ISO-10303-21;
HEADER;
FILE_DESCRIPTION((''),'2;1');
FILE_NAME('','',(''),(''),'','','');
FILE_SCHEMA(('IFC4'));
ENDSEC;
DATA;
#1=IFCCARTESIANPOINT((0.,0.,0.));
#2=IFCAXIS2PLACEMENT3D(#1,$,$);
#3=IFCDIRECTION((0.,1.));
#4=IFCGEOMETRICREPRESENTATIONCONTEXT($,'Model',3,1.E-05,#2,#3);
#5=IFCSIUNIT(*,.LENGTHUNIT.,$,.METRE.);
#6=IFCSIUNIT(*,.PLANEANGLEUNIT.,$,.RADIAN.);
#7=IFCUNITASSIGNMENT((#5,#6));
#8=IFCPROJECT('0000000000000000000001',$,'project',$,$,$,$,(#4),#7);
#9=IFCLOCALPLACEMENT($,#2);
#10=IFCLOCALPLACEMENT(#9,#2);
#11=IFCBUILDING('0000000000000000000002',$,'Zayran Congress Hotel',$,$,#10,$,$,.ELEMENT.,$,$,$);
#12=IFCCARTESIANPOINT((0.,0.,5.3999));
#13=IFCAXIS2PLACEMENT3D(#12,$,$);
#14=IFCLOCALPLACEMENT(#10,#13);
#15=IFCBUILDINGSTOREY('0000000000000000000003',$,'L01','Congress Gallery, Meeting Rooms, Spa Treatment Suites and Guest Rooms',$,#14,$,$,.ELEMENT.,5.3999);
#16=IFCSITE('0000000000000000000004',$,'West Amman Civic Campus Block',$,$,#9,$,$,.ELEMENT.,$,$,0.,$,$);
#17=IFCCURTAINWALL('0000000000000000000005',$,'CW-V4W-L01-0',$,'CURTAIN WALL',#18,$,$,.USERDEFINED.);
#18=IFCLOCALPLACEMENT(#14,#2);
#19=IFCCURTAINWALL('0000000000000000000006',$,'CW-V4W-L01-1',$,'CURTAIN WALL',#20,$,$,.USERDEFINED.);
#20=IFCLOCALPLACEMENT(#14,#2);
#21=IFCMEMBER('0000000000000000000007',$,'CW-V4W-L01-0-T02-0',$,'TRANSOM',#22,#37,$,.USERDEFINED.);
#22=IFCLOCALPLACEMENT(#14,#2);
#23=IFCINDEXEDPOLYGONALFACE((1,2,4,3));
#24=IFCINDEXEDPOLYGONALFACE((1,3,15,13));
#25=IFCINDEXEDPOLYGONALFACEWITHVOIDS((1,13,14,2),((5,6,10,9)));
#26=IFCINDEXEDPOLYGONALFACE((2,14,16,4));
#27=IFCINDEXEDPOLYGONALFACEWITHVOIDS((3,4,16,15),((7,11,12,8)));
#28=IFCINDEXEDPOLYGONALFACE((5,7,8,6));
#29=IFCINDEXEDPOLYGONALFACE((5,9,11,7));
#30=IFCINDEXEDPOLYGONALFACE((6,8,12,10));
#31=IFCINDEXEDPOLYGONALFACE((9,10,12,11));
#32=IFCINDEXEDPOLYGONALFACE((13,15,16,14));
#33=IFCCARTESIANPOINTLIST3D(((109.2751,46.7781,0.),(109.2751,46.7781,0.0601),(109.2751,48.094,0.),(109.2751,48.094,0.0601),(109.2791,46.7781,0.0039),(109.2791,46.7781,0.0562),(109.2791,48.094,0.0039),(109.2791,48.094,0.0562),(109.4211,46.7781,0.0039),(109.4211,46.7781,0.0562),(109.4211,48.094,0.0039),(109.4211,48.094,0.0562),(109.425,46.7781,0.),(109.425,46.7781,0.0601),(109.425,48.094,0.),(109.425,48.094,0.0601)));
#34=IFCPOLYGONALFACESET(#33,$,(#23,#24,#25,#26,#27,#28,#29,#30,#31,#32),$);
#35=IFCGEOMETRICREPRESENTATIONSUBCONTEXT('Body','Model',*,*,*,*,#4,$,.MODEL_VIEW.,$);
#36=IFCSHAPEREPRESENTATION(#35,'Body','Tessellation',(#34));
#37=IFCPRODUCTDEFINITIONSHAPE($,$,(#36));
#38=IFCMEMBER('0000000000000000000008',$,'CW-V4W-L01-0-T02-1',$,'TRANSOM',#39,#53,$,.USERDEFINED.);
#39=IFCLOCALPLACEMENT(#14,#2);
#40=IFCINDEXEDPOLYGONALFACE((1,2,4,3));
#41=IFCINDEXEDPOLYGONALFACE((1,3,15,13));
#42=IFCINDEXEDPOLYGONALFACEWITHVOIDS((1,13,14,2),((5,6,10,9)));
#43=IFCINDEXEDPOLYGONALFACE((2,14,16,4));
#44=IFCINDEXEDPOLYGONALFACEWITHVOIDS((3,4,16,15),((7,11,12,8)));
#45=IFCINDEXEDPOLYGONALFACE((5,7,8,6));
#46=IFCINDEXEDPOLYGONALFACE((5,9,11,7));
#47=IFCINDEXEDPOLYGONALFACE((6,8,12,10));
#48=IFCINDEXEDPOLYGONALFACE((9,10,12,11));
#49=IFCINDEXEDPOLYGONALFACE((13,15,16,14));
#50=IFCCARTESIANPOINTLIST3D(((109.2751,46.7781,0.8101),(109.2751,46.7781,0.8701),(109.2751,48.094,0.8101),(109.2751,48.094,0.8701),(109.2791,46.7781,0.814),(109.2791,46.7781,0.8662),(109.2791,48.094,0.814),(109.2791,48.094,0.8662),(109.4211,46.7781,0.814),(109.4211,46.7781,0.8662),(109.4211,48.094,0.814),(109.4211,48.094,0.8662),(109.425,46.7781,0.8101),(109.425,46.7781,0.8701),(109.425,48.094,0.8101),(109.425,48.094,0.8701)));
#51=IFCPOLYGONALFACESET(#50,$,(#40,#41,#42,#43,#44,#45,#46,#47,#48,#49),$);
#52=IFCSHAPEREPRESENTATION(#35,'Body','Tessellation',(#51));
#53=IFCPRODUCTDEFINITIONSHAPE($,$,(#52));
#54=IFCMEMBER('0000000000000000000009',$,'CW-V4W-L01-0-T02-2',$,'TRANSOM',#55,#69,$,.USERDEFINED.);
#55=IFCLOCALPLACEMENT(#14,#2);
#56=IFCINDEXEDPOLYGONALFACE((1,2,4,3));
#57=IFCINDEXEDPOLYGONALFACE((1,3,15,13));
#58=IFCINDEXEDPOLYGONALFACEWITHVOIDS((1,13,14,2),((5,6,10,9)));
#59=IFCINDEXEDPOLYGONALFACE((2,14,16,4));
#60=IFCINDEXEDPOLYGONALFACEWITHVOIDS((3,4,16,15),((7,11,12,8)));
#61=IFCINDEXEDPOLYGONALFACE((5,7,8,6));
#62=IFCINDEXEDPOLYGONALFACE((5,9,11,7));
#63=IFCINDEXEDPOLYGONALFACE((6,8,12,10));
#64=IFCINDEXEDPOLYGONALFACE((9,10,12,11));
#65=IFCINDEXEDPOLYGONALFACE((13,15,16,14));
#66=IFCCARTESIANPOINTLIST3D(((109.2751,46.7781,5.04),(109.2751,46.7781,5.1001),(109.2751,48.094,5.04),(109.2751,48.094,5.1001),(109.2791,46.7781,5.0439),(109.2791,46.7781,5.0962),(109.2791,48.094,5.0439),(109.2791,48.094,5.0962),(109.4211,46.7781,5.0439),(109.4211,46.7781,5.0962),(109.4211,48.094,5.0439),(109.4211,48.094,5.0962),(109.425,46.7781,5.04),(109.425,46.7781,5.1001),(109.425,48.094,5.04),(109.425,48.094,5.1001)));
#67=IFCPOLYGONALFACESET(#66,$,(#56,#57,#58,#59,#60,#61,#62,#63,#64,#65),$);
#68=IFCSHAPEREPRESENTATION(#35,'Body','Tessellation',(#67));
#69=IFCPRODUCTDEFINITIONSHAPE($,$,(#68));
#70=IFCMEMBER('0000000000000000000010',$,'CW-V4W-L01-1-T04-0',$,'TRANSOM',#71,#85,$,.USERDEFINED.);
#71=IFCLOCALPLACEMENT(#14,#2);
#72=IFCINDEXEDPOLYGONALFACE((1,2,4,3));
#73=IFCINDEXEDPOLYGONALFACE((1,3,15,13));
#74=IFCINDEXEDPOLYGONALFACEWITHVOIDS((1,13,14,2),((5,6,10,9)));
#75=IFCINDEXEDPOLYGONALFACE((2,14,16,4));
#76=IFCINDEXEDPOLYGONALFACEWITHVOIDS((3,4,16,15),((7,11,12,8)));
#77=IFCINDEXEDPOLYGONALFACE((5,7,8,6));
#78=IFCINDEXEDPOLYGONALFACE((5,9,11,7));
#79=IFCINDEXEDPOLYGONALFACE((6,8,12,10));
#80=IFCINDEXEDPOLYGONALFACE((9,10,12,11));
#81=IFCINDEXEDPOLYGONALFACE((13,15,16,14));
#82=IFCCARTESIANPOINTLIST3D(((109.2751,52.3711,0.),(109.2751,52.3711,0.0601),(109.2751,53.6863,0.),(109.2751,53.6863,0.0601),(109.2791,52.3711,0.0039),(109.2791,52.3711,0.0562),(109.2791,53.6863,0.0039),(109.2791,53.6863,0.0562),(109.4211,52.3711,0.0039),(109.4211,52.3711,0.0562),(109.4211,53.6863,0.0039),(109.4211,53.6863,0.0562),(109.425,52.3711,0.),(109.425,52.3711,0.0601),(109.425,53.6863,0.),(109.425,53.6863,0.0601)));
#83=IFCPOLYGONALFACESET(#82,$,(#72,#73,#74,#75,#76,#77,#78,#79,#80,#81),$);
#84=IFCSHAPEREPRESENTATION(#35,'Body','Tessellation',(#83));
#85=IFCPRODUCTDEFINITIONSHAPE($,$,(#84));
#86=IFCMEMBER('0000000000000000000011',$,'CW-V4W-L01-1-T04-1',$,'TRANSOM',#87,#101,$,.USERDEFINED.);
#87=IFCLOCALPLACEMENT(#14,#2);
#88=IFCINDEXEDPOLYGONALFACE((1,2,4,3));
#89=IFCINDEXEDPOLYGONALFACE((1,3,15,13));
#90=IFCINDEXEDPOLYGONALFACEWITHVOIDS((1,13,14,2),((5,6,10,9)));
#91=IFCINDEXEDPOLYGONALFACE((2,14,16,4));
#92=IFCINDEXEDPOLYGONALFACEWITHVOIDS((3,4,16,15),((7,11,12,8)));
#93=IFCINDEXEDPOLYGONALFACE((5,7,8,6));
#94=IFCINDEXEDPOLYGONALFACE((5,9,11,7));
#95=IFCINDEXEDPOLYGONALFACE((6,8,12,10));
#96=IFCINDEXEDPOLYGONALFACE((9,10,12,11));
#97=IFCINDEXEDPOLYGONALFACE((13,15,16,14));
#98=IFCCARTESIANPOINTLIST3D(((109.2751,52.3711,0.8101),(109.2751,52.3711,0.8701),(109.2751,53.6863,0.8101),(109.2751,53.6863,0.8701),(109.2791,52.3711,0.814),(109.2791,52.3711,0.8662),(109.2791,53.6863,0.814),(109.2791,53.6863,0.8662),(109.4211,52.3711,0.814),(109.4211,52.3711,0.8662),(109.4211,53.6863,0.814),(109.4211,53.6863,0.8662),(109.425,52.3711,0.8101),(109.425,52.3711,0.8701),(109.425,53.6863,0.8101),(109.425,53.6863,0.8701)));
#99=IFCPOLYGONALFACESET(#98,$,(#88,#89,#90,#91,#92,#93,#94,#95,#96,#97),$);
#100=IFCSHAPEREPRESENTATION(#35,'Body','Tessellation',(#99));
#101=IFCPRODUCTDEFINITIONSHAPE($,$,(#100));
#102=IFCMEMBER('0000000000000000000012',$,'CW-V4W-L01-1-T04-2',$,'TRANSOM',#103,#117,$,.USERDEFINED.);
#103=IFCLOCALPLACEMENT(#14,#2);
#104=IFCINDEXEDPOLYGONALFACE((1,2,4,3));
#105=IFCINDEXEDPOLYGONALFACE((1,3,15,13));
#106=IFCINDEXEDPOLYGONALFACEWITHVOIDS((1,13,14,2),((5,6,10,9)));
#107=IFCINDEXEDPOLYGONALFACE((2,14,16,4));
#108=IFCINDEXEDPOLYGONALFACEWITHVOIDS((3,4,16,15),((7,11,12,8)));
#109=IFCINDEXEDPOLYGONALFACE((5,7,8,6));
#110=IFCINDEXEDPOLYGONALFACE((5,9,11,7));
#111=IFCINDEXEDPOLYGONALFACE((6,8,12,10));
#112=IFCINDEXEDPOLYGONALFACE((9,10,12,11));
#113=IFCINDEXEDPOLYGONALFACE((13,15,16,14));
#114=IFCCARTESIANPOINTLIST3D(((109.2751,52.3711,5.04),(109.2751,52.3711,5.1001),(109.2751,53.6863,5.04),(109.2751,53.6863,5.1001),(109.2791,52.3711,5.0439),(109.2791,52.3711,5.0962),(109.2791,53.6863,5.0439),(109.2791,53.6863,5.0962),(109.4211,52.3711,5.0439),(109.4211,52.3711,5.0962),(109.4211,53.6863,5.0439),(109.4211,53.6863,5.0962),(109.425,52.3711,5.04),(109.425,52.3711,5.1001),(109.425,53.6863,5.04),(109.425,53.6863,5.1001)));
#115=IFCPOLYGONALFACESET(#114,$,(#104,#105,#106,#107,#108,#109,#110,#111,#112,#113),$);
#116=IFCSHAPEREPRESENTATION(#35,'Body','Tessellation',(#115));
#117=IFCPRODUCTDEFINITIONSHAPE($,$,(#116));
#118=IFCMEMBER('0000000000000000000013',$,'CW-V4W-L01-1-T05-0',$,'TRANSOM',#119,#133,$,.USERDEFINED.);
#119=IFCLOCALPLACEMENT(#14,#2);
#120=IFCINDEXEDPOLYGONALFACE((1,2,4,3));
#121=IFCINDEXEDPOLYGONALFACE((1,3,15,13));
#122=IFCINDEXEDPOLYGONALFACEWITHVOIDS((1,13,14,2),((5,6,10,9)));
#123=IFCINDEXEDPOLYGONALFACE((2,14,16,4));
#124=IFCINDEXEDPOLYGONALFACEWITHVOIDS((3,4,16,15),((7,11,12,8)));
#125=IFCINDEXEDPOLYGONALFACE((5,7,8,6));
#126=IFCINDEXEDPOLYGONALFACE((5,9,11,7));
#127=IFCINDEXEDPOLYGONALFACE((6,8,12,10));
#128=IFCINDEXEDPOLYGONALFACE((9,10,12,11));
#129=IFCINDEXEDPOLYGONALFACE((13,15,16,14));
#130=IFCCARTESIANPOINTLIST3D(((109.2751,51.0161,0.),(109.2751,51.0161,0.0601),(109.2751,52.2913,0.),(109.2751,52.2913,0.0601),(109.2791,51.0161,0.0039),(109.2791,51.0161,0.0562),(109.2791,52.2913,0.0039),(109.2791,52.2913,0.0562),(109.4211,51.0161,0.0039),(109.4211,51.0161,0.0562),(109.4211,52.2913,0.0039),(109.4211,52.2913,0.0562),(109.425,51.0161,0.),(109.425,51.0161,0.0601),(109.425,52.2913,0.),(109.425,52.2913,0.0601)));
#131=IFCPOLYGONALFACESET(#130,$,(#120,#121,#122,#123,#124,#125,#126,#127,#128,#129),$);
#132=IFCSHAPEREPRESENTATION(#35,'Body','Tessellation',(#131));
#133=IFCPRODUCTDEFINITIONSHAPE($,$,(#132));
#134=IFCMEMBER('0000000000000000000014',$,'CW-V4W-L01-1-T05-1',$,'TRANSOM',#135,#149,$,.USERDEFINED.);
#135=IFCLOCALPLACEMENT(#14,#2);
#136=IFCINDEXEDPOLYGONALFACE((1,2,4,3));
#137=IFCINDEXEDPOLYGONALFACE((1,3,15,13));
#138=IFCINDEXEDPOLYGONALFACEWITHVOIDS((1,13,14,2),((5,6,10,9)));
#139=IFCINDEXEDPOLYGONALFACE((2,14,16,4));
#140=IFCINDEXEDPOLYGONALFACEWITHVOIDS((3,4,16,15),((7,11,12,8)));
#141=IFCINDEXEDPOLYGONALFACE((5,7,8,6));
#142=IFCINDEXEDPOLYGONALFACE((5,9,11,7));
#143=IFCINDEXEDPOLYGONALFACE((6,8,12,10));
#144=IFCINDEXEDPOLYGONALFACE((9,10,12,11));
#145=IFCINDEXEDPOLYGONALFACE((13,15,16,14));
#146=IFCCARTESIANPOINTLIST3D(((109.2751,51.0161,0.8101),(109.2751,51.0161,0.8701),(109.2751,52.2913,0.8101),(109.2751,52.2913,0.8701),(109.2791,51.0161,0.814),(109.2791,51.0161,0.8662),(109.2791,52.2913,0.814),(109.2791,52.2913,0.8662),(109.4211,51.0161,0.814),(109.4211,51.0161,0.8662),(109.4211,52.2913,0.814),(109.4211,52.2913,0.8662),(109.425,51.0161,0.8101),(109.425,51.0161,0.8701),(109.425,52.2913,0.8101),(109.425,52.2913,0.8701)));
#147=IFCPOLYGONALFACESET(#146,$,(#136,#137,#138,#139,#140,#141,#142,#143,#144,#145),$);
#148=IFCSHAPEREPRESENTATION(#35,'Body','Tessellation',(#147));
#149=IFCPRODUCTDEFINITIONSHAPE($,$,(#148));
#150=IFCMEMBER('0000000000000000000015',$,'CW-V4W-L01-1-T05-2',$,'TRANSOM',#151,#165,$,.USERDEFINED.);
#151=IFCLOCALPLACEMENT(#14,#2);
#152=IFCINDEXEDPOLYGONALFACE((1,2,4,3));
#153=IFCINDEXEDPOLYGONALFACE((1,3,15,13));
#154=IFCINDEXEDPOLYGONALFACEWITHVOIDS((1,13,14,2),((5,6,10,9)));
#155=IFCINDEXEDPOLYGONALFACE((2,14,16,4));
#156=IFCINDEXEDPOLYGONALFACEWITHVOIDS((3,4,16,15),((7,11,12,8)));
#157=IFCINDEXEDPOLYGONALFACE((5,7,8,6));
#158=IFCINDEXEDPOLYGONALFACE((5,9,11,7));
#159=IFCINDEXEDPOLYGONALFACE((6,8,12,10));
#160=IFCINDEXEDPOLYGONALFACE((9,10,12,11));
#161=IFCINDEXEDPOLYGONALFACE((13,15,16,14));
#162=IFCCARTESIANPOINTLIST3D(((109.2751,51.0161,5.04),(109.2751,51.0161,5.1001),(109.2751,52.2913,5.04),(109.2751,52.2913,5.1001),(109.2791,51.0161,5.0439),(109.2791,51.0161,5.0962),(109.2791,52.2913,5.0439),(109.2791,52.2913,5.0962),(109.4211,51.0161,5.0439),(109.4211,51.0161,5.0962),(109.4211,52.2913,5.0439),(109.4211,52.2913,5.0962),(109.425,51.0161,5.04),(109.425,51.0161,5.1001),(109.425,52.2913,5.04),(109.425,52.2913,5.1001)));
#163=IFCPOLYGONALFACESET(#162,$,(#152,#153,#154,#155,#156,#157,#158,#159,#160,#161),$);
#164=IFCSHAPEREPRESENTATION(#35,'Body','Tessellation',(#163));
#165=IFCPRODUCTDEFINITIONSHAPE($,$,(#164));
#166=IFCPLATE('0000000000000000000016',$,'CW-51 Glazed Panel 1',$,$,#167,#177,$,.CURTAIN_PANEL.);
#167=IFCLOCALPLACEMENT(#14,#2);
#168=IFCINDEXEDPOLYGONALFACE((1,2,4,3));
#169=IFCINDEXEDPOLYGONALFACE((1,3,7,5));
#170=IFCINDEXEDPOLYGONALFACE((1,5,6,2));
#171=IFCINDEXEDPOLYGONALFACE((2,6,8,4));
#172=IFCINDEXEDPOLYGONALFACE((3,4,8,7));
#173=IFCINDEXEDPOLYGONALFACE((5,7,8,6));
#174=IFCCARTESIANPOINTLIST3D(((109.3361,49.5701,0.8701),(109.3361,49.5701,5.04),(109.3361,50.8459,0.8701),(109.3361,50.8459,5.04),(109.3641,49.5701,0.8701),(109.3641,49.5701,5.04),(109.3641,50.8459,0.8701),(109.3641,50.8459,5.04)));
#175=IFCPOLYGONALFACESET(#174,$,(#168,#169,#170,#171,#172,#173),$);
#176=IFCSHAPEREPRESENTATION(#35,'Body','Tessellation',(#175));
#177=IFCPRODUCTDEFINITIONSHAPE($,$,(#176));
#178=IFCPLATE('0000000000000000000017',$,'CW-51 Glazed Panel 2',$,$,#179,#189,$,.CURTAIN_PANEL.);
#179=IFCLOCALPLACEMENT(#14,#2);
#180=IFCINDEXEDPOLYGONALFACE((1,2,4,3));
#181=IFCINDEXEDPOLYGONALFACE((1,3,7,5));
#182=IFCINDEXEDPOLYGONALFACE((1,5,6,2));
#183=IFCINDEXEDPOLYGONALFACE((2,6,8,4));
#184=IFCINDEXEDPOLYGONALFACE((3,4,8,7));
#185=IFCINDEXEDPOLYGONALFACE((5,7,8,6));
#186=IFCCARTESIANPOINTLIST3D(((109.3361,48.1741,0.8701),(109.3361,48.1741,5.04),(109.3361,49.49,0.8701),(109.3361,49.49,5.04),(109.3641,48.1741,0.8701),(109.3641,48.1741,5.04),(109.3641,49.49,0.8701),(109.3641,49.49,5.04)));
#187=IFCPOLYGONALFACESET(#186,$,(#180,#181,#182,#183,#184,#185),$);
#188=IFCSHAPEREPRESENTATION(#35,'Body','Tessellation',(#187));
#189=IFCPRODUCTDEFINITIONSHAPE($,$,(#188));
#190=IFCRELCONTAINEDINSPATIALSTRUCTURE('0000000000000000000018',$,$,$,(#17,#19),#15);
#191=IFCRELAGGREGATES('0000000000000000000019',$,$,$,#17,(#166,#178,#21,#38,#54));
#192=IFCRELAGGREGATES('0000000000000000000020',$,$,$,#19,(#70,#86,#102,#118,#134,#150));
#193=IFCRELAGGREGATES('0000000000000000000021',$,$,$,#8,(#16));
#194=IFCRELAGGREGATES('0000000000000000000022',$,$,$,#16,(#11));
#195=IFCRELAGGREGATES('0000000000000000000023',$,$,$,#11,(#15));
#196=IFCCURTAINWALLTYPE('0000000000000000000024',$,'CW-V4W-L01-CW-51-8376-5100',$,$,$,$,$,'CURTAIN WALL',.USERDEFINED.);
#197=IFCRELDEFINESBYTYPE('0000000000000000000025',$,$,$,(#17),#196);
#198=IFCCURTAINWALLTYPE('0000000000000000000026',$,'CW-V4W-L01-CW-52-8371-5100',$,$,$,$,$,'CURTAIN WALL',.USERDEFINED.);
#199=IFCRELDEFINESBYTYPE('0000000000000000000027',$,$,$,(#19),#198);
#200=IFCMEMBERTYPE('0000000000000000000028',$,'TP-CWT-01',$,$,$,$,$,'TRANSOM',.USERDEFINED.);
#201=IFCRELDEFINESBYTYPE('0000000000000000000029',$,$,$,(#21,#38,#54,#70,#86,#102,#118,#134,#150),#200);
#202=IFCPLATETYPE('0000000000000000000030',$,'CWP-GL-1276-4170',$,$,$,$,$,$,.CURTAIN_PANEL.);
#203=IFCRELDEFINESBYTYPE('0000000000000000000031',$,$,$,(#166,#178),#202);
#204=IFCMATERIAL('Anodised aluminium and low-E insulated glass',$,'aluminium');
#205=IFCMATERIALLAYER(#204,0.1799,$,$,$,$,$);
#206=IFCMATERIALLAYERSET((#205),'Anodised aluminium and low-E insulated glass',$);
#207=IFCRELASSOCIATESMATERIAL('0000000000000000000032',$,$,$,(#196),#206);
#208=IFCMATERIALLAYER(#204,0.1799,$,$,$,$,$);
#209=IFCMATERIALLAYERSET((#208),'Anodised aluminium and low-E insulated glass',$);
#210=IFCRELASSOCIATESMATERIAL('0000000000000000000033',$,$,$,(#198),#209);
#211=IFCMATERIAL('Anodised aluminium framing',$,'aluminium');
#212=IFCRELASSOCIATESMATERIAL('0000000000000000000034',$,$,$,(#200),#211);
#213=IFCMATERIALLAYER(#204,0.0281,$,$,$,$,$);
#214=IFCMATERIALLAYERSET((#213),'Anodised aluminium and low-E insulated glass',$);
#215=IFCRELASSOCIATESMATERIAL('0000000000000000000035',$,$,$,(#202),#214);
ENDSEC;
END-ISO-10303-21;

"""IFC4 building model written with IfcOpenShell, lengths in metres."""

from ifc_helpers import new_model, si_unit, direction, frame, origin, origin_2d, place, context, subcontext, project, spatial, rectangle, hollow_rectangle, extrude, material, layer, layer_set, material_profile, profile_set, type_object, element, aggregate, save


model = new_model("IFC4")

# Units and contexts
model_context = context("Model", 3, precision=1e-05, world=origin(), true_north=direction((0.0, 1.0)))
body_context = subcontext(model_context, "Body", "Model", "MODEL_VIEW")
ifc_project = project(units=[si_unit("LENGTHUNIT", "METRE"), si_unit("PLANEANGLEUNIT", "RADIAN")], contexts=[model_context])

# Site, building, storey
site_placement = place(None, origin())
site = spatial("IfcSite", under=ifc_project, at=site_placement, Name="West Amman Civic Campus Block", CompositionType="ELEMENT", RefElevation=0.0)
building_placement = place(site_placement, origin())
building = spatial("IfcBuilding", under=site, at=building_placement, Name="Zayran Congress Hotel", CompositionType="ELEMENT")
storey_placement = place(building_placement, frame((0.0, 0.0, 5.3999)))
storey = spatial("IfcBuildingStorey", under=building, at=storey_placement, Name="L01", Description="Congress Gallery, Meeting Rooms, Spa Treatment Suites and Guest Rooms", CompositionType="ELEMENT", Elevation=5.3999)

# Curtain walls
ifc_material_1 = material(Name="Anodised aluminium and low-E insulated glass", Category="aluminium")
ifc_layer_1 = layer(ifc_material_1, 0.1799)
ifc_layer_set_1 = layer_set([ifc_layer_1], Name="Anodised aluminium and low-E insulated glass")
curtain_wall_type_1 = type_object("IfcCurtainWallType", Name="CW-V4W-L01-CW-51-8376-5100", ElementType="CURTAIN WALL", PredefinedType="USERDEFINED", material=ifc_layer_set_1)
curtain_wall_1_placement = place(storey_placement, origin())
curtain_wall_1 = element("IfcCurtainWall", 1, at=curtain_wall_1_placement, inside=storey, type_object=curtain_wall_type_1, Name="CW-V4W-L01-0", ObjectType="CURTAIN WALL", PredefinedType="USERDEFINED")
ifc_material_2 = material(Name="Anodised aluminium framing", Category="aluminium")
ifc_layer_2 = layer(ifc_material_1, 0.1799)
ifc_layer_set_2 = layer_set([ifc_layer_2], Name="Anodised aluminium and low-E insulated glass")
curtain_wall_type_2 = type_object("IfcCurtainWallType", Name="CW-V4W-L01-CW-52-8371-5100", ElementType="CURTAIN WALL", PredefinedType="USERDEFINED", material=ifc_layer_set_2)
curtain_wall_2_placement = place(storey_placement, origin())
curtain_wall_2 = element("IfcCurtainWall", 2, at=curtain_wall_2_placement, inside=storey, type_object=curtain_wall_type_2, Name="CW-V4W-L01-1", ObjectType="CURTAIN WALL", PredefinedType="USERDEFINED")

# Members
ifc_material_profile_1 = material_profile(ifc_material_2, hollow_rectangle(XDim=0.0601, YDim=0.1499, WallThickness=0.0039, at=origin_2d()), Name="RHS 150x60x4")
ifc_profile_set_1 = profile_set([ifc_material_profile_1], Name="Anodised aluminium framing")
member_type_1 = type_object("IfcMemberType", Name="TP-CWT-01", ElementType="TRANSOM", PredefinedType="USERDEFINED", material=ifc_profile_set_1)
member_1_placement = place(storey_placement, frame((109.3501, 48.094, 0.03), z_axis=(0.0, -1.0, 0.0), x_axis=(0.0, 0.0, 1.0)))
member_1 = element("IfcMember", 3, at=member_1_placement, type_object=member_type_1, Name="CW-V4W-L01-0-T02-0", ObjectType="TRANSOM", PredefinedType="USERDEFINED", context=body_context, shape_type="SweptSolid", body=[
    extrude(hollow_rectangle(XDim=0.0601, YDim=0.1499, WallThickness=0.0039, at=origin_2d()), origin(), (0.0, 0.0, 1.0), 1.3159),
])
member_2_placement = place(storey_placement, frame((109.3501, 48.094, 0.8401), z_axis=(0.0, -1.0, 0.0), x_axis=(0.0, 0.0, 1.0)))
member_2 = element("IfcMember", 4, at=member_2_placement, type_object=member_type_1, Name="CW-V4W-L01-0-T02-1", ObjectType="TRANSOM", PredefinedType="USERDEFINED", context=body_context, shape_type="SweptSolid", body=[
    extrude(hollow_rectangle(XDim=0.0601, YDim=0.1499, WallThickness=0.0039, at=origin_2d()), origin(), (0.0, 0.0, 1.0), 1.3159),
])
member_3_placement = place(storey_placement, frame((109.3501, 48.094, 5.0701), z_axis=(0.0, -1.0, 0.0), x_axis=(0.0, 0.0, 1.0)))
member_3 = element("IfcMember", 5, at=member_3_placement, type_object=member_type_1, Name="CW-V4W-L01-0-T02-2", ObjectType="TRANSOM", PredefinedType="USERDEFINED", context=body_context, shape_type="SweptSolid", body=[
    extrude(hollow_rectangle(XDim=0.0601, YDim=0.1499, WallThickness=0.0039, at=origin_2d()), origin(), (0.0, 0.0, 1.0), 1.3159),
])
member_4_placement = place(storey_placement, frame((109.3501, 53.6863, 0.03), z_axis=(0.0, -1.0, 0.0), x_axis=(0.0, 0.0, 1.0)))
member_4 = element("IfcMember", 6, at=member_4_placement, type_object=member_type_1, Name="CW-V4W-L01-1-T04-0", ObjectType="TRANSOM", PredefinedType="USERDEFINED", context=body_context, shape_type="SweptSolid", body=[
    extrude(hollow_rectangle(XDim=0.0601, YDim=0.1499, WallThickness=0.0039, at=origin_2d()), origin(), (0.0, 0.0, 1.0), 1.3152),
])
member_5_placement = place(storey_placement, frame((109.3501, 53.6863, 0.8401), z_axis=(0.0, -1.0, 0.0), x_axis=(0.0, 0.0, 1.0)))
member_5 = element("IfcMember", 7, at=member_5_placement, type_object=member_type_1, Name="CW-V4W-L01-1-T04-1", ObjectType="TRANSOM", PredefinedType="USERDEFINED", context=body_context, shape_type="SweptSolid", body=[
    extrude(hollow_rectangle(XDim=0.0601, YDim=0.1499, WallThickness=0.0039, at=origin_2d()), origin(), (0.0, 0.0, 1.0), 1.3152),
])
member_6_placement = place(storey_placement, frame((109.3501, 53.6863, 5.0701), z_axis=(0.0, -1.0, 0.0), x_axis=(0.0, 0.0, 1.0)))
member_6 = element("IfcMember", 8, at=member_6_placement, type_object=member_type_1, Name="CW-V4W-L01-1-T04-2", ObjectType="TRANSOM", PredefinedType="USERDEFINED", context=body_context, shape_type="SweptSolid", body=[
    extrude(hollow_rectangle(XDim=0.0601, YDim=0.1499, WallThickness=0.0039, at=origin_2d()), origin(), (0.0, 0.0, 1.0), 1.3152),
])
member_7_placement = place(storey_placement, frame((109.3501, 52.2913, 0.03), z_axis=(0.0, -1.0, 0.0), x_axis=(0.0, 0.0, 1.0)))
member_7 = element("IfcMember", 9, at=member_7_placement, type_object=member_type_1, Name="CW-V4W-L01-1-T05-0", ObjectType="TRANSOM", PredefinedType="USERDEFINED", context=body_context, shape_type="SweptSolid", body=[
    extrude(hollow_rectangle(XDim=0.0601, YDim=0.1499, WallThickness=0.0039, at=origin_2d()), origin(), (0.0, 0.0, 1.0), 1.2751),
])
member_8_placement = place(storey_placement, frame((109.3501, 52.2913, 0.8401), z_axis=(0.0, -1.0, 0.0), x_axis=(0.0, 0.0, 1.0)))
member_8 = element("IfcMember", 10, at=member_8_placement, type_object=member_type_1, Name="CW-V4W-L01-1-T05-1", ObjectType="TRANSOM", PredefinedType="USERDEFINED", context=body_context, shape_type="SweptSolid", body=[
    extrude(hollow_rectangle(XDim=0.0601, YDim=0.1499, WallThickness=0.0039, at=origin_2d()), origin(), (0.0, 0.0, 1.0), 1.2751),
])
member_9_placement = place(storey_placement, frame((109.3501, 52.2913, 5.0701), z_axis=(0.0, -1.0, 0.0), x_axis=(0.0, 0.0, 1.0)))
member_9 = element("IfcMember", 11, at=member_9_placement, type_object=member_type_1, Name="CW-V4W-L01-1-T05-2", ObjectType="TRANSOM", PredefinedType="USERDEFINED", context=body_context, shape_type="SweptSolid", body=[
    extrude(hollow_rectangle(XDim=0.0601, YDim=0.1499, WallThickness=0.0039, at=origin_2d()), origin(), (0.0, 0.0, 1.0), 1.2751),
])

# Plates
ifc_layer_3 = layer(ifc_material_1, 0.0281)
ifc_layer_set_3 = layer_set([ifc_layer_3], Name="Anodised aluminium and low-E insulated glass")
plate_type_1 = type_object("IfcPlateType", Name="CWP-GL-1276-4170", PredefinedType="CURTAIN_PANEL", material=ifc_layer_set_3)
plate_1_placement = place(storey_placement, frame((109.3501, 50.208, 0.8701), z_axis=(0.0, 0.0, 1.0), x_axis=(0.0, 1.0, 0.0)))
plate_1 = element("IfcPlate", 12, at=plate_1_placement, type_object=plate_type_1, Name="CW-51 Glazed Panel 1", PredefinedType="CURTAIN_PANEL", context=body_context, shape_type="SweptSolid", body=[
    extrude(rectangle(XDim=1.2759, YDim=0.0281, at=origin_2d()), origin(), (0.0, 0.0, 1.0), 4.1699),
])
plate_2_placement = place(storey_placement, frame((109.3501, 48.832, 0.8701), z_axis=(0.0, 0.0, 1.0), x_axis=(0.0, 1.0, 0.0)))
plate_2 = element("IfcPlate", 13, at=plate_2_placement, type_object=plate_type_1, Name="CW-51 Glazed Panel 2", PredefinedType="CURTAIN_PANEL", context=body_context, shape_type="SweptSolid", body=[
    extrude(rectangle(XDim=1.3159, YDim=0.0281, at=origin_2d()), origin(), (0.0, 0.0, 1.0), 4.1699),
])
aggregate(curtain_wall_1, [plate_1, plate_2, member_1, member_2, member_3])
aggregate(curtain_wall_2, [member_4, member_5, member_6, member_7, member_8, member_9])

save(model, "model.ifc")
